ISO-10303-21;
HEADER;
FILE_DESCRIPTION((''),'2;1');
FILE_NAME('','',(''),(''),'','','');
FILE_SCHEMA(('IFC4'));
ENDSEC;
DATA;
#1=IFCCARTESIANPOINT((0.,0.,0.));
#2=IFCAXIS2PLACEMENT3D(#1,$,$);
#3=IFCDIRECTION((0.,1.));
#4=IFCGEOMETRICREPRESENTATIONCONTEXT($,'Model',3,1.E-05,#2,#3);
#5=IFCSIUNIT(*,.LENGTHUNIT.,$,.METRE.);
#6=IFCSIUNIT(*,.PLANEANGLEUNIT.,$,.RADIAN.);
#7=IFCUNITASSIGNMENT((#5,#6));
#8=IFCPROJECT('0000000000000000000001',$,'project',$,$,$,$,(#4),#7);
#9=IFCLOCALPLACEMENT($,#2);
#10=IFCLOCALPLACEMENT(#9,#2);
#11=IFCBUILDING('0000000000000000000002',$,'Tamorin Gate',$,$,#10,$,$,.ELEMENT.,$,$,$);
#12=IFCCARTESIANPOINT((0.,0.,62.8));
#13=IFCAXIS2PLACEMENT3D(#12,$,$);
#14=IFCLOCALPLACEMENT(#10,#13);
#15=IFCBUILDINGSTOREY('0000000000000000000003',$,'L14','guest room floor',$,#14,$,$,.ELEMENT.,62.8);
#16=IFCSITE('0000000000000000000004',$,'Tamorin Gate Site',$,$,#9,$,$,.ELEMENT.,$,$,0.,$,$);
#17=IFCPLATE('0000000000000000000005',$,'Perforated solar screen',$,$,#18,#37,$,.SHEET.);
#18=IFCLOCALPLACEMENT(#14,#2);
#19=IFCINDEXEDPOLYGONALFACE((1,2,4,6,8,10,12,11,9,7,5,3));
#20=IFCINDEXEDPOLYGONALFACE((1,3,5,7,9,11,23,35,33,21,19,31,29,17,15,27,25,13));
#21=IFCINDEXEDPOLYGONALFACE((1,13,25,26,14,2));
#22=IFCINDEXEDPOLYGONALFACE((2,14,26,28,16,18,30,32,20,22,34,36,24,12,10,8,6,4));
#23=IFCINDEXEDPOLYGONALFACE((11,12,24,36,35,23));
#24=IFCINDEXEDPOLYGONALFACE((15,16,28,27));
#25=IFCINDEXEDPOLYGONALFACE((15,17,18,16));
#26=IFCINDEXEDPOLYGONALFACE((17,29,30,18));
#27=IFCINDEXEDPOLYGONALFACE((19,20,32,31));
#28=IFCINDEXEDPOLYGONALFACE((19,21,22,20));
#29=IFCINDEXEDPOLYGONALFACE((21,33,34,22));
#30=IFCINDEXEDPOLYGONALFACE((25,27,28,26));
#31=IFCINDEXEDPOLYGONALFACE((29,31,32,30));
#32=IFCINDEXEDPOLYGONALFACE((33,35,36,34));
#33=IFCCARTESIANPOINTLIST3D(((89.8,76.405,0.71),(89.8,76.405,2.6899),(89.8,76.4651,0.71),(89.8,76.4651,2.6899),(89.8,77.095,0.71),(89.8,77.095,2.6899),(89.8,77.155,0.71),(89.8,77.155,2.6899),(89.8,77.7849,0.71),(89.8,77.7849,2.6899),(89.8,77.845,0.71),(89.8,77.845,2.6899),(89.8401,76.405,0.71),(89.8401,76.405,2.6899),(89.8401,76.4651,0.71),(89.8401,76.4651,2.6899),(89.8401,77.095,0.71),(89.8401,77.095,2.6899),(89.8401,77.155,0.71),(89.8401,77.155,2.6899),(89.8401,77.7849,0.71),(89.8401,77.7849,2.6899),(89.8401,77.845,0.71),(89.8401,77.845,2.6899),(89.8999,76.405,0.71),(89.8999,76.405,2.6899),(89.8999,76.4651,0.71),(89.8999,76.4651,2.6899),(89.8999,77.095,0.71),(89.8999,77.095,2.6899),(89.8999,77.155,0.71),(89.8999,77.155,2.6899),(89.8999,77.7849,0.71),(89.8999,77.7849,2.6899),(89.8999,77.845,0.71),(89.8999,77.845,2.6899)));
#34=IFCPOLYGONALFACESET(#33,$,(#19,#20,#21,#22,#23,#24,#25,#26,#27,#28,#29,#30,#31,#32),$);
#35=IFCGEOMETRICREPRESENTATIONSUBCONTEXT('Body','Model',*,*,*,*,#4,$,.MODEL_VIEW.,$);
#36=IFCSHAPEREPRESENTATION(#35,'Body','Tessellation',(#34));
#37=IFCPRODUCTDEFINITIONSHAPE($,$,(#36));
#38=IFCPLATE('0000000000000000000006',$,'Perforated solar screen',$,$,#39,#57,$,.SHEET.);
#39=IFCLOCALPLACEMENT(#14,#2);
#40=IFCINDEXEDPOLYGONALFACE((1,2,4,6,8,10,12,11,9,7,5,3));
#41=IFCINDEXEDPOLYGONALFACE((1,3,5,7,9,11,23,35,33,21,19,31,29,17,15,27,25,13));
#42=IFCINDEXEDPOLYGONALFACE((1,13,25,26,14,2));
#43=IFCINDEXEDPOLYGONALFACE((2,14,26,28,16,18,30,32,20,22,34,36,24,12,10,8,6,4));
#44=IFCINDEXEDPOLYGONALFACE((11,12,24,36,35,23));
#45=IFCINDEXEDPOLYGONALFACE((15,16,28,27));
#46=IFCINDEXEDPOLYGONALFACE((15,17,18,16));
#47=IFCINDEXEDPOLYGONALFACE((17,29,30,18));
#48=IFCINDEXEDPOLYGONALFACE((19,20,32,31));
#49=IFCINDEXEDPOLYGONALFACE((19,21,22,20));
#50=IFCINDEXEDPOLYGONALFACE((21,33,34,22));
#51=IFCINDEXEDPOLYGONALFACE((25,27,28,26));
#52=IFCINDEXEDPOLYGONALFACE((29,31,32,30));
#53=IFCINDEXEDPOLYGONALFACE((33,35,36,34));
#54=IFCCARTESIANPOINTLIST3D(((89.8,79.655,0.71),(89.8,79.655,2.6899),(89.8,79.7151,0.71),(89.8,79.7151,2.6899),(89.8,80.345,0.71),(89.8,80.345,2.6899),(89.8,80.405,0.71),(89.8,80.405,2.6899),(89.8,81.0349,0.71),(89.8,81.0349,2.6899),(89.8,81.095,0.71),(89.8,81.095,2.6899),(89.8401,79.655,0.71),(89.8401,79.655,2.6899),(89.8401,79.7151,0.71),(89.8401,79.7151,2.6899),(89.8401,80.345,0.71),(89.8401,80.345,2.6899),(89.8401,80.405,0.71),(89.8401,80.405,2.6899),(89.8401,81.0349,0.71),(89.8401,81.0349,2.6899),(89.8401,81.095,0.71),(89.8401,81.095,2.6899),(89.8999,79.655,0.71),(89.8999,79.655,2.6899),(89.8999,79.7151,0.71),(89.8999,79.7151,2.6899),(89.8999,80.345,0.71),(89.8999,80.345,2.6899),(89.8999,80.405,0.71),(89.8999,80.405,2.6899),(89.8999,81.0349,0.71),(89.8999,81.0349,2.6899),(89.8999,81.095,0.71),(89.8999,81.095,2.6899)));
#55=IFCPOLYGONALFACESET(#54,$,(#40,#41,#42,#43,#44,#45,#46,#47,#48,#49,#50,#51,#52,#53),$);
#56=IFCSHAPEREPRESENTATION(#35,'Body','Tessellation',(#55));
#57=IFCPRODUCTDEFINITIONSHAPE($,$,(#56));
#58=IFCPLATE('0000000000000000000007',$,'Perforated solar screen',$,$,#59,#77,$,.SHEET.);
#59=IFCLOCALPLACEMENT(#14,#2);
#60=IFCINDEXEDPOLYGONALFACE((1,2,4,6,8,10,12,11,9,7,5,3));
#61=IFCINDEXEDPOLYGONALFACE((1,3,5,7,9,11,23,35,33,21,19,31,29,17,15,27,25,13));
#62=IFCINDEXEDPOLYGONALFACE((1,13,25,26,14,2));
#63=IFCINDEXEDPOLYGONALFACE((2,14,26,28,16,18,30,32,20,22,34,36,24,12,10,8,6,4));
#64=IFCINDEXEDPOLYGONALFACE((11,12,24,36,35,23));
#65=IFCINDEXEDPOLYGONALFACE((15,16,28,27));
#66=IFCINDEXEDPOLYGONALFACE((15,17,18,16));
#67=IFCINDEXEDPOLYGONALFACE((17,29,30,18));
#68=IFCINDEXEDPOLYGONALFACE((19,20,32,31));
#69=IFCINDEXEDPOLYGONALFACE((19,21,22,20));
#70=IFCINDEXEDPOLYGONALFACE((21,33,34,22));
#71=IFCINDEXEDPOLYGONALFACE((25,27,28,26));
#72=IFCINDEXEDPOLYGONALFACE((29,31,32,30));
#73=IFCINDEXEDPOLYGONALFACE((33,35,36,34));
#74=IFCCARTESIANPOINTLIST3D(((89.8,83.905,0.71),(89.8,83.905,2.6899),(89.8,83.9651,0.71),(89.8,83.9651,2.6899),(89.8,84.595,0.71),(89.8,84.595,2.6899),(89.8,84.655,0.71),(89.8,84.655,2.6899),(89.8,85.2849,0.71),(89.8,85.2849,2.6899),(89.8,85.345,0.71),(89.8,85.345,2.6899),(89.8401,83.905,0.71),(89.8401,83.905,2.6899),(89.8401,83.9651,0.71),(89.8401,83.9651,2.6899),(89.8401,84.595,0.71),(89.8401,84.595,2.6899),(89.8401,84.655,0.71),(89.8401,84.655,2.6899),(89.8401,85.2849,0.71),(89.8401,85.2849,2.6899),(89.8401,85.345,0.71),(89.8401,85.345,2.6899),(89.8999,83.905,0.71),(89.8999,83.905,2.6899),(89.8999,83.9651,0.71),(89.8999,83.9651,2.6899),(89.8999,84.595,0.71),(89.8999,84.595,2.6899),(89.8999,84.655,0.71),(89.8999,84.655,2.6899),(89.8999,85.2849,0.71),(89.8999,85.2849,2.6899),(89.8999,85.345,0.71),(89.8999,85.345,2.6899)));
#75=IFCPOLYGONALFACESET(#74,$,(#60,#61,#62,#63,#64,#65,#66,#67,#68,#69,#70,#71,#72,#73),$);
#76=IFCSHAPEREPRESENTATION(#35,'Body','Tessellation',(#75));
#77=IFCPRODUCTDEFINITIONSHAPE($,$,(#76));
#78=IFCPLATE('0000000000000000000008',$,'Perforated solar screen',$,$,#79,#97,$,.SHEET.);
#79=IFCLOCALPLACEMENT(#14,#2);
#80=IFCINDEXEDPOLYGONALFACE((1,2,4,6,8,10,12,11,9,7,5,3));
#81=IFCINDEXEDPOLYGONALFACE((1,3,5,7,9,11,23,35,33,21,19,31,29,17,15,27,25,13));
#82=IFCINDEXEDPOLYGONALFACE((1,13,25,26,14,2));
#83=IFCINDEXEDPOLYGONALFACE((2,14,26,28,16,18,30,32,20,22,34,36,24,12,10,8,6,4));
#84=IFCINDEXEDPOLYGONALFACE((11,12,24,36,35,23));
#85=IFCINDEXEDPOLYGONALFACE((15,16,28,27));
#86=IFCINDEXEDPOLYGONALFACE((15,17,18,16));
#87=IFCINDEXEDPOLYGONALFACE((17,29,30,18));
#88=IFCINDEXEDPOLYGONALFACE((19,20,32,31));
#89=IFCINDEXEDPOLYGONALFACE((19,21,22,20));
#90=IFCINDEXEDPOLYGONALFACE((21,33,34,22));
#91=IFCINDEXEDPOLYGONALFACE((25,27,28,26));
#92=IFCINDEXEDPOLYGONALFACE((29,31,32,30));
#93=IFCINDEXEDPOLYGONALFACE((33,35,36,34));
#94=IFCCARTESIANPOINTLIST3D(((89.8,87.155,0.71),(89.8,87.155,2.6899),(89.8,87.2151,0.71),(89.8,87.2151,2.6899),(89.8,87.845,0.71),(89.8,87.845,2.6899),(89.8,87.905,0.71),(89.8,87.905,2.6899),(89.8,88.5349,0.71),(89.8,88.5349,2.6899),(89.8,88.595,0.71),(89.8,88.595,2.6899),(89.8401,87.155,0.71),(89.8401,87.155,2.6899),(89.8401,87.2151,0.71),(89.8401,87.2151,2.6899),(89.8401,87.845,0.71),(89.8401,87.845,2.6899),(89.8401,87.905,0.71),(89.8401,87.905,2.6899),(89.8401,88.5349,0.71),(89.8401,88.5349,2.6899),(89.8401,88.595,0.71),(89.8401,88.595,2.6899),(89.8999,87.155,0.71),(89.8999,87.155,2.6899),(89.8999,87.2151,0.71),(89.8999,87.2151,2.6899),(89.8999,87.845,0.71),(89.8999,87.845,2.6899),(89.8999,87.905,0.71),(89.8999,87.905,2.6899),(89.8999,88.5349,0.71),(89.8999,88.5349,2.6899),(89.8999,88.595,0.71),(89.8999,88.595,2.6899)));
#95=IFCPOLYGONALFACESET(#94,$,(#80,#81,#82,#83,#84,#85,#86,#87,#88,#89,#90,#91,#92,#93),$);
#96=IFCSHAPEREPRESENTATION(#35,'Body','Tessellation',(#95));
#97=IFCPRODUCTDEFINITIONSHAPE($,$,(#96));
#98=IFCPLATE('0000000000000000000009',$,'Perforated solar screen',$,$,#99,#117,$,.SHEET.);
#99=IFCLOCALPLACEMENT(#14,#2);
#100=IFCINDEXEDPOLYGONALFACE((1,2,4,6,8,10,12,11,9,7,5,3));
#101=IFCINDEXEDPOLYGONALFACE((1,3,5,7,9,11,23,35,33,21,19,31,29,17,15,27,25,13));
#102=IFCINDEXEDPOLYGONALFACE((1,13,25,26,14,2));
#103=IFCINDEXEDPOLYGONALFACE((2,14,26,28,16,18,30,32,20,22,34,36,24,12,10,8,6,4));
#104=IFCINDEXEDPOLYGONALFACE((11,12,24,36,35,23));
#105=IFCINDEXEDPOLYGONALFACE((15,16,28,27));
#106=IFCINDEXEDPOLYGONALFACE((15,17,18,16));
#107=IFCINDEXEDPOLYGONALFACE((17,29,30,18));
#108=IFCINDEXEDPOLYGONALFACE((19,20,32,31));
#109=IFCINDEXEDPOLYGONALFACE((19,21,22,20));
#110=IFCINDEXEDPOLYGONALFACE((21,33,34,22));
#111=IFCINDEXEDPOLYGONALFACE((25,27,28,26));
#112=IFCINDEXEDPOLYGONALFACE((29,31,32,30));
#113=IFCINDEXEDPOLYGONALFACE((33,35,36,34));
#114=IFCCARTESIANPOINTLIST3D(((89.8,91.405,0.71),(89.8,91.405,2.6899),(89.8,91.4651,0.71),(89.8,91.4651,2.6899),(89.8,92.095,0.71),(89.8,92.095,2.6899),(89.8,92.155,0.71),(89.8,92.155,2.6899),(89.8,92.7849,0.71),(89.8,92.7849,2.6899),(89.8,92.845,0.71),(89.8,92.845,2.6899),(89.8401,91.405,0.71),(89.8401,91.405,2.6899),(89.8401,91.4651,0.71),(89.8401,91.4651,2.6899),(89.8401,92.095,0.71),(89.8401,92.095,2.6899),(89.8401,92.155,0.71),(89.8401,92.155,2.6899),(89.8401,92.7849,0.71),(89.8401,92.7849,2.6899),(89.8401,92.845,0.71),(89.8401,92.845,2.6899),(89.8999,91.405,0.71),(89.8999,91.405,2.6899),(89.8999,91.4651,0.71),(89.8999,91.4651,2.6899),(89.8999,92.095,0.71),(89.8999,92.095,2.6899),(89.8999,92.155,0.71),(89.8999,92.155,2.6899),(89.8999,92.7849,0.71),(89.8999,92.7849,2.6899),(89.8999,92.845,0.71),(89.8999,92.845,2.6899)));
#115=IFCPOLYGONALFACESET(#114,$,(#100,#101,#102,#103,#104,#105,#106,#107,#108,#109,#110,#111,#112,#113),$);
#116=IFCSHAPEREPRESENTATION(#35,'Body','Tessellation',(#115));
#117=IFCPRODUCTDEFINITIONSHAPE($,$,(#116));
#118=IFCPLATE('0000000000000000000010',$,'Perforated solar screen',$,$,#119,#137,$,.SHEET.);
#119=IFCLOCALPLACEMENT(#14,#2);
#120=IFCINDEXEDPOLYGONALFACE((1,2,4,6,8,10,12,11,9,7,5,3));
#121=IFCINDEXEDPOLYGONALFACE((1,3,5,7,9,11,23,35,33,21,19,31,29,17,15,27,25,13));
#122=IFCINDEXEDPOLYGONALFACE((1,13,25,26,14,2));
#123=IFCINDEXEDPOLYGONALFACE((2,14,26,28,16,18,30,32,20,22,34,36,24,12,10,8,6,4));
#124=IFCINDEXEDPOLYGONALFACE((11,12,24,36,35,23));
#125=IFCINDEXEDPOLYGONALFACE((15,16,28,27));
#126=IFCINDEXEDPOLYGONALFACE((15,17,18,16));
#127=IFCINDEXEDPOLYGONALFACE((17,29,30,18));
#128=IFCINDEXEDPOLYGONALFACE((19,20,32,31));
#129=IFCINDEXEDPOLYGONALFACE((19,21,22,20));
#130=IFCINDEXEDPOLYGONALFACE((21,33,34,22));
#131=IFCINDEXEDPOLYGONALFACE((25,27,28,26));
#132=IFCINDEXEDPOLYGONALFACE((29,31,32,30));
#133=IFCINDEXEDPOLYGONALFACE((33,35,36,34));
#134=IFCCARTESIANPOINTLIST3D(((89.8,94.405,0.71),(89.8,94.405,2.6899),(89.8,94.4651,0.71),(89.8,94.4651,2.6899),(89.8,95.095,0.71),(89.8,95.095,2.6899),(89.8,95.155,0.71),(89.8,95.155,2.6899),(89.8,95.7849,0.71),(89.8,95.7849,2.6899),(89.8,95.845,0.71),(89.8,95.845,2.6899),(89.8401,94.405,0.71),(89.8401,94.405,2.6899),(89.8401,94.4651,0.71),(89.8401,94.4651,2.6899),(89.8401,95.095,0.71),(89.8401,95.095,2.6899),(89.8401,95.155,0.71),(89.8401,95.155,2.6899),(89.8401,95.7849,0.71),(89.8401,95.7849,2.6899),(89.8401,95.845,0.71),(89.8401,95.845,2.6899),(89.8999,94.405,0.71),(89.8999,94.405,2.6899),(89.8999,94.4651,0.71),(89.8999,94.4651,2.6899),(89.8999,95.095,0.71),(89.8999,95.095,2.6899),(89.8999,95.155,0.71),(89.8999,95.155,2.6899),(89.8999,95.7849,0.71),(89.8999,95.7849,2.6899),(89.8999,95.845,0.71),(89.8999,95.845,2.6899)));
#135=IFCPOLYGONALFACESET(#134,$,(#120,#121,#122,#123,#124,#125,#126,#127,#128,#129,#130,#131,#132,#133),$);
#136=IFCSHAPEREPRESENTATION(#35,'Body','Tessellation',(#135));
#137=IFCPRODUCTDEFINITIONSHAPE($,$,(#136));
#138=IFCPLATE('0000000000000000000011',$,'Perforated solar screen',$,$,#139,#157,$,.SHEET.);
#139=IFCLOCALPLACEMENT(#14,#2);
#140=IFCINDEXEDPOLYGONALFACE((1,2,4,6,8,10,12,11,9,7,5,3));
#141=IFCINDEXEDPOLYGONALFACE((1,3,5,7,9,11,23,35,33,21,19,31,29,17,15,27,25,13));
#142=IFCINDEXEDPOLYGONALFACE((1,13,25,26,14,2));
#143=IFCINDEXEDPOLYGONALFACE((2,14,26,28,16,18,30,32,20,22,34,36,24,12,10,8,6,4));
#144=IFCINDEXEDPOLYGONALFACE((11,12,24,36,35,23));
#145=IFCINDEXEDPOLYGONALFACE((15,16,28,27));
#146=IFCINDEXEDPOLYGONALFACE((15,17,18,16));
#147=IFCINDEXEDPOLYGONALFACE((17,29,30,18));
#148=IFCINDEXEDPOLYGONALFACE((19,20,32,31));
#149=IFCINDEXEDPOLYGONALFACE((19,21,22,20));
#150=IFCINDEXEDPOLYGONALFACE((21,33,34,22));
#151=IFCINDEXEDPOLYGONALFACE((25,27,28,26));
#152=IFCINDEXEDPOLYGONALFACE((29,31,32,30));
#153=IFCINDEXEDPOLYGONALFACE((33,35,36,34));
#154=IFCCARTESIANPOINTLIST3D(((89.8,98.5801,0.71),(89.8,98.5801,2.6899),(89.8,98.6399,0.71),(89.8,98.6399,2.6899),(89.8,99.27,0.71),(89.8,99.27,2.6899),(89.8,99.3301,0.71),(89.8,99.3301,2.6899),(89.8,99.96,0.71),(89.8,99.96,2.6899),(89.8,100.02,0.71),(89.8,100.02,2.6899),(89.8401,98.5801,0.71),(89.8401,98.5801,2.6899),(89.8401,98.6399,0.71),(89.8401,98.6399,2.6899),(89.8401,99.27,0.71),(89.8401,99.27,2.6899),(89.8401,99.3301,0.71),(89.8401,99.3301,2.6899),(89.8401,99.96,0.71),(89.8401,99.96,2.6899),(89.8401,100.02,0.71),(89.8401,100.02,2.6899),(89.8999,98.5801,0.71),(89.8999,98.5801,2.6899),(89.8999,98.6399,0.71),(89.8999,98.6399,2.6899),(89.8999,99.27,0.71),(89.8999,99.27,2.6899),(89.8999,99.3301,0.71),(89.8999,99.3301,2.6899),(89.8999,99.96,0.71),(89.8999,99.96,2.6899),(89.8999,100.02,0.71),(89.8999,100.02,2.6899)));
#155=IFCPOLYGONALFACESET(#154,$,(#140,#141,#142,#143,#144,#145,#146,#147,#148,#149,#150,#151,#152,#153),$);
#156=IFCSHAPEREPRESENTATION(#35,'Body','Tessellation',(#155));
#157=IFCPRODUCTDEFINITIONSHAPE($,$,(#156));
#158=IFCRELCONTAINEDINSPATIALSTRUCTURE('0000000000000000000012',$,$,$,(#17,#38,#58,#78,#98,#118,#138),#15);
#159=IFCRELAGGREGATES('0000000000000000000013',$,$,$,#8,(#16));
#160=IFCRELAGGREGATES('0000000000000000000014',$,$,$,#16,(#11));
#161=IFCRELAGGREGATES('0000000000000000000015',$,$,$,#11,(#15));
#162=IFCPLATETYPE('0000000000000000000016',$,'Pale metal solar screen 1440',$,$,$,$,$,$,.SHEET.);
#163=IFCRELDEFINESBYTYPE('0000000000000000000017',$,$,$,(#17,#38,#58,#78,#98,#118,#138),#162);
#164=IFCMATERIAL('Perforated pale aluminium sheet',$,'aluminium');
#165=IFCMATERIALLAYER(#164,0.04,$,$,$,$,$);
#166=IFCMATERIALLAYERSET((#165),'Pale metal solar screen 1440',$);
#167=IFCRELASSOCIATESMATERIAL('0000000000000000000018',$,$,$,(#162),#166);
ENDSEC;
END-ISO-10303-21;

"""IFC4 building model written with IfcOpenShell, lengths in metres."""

from ifc_helpers import new_model, si_unit, direction, frame, origin, place, context, subcontext, project, spatial, polyline, outline, extrude, material, layer, layer_set, type_object, element, save


model = new_model("IFC4")

# Units and contexts
model_context = context("Model", 3, precision=1e-05, world=origin(), true_north=direction((0.0, 1.0)))
body_context = subcontext(model_context, "Body", "Model", "MODEL_VIEW")
ifc_project = project(units=[si_unit("LENGTHUNIT", "METRE"), si_unit("PLANEANGLEUNIT", "RADIAN")], contexts=[model_context])

# Site, building, storey
site_placement = place(None, origin())
site = spatial("IfcSite", under=ifc_project, at=site_placement, Name="Tamorin Gate Site", CompositionType="ELEMENT", RefElevation=0.0)
building_placement = place(site_placement, origin())
building = spatial("IfcBuilding", under=site, at=building_placement, Name="Tamorin Gate", CompositionType="ELEMENT")
storey_placement = place(building_placement, frame((0.0, 0.0, 62.8)))
storey = spatial("IfcBuildingStorey", under=building, at=storey_placement, Name="L14", Description="guest room floor", CompositionType="ELEMENT", Elevation=62.8)

# Plates
ifc_material = material(Name="Perforated pale aluminium sheet", Category="aluminium")
ifc_layer = layer(ifc_material, 0.04)
ifc_layer_set = layer_set([ifc_layer], Name="Pale metal solar screen 1440")
plate_type = type_object("IfcPlateType", Name="Pale metal solar screen 1440", PredefinedType="SHEET", material=ifc_layer_set)
plate_1_placement = place(storey_placement, frame((0.0, 0.0, 0.71)))
element("IfcPlate", 1, at=plate_1_placement, inside=storey, type_object=plate_type, Name="Perforated solar screen", PredefinedType="SHEET", context=body_context, shape_type="SweptSolid", body=[
    extrude(outline(polyline([(89.8401, 76.405), (89.8, 76.405), (89.8, 76.4651), (89.8, 77.095), (89.8, 77.155), (89.8, 77.7849), (89.8, 77.845), (89.8401, 77.845), (89.8999, 77.845), (89.8999, 77.7849), (89.8401, 77.7849), (89.8401, 77.155), (89.8999, 77.155), (89.8999, 77.095), (89.8401, 77.095), (89.8401, 76.4651), (89.8999, 76.4651), (89.8999, 76.405), (89.8401, 76.405)])), origin(), (0.0, 0.0, 1.0), 1.98),
])
plate_2_placement = place(storey_placement, frame((0.0, 0.0, 0.71)))
element("IfcPlate", 2, at=plate_2_placement, inside=storey, type_object=plate_type, Name="Perforated solar screen", PredefinedType="SHEET", context=body_context, shape_type="SweptSolid", body=[
    extrude(outline(polyline([(89.8401, 79.655), (89.8, 79.655), (89.8, 79.7151), (89.8, 80.345), (89.8, 80.405), (89.8, 81.0349), (89.8, 81.095), (89.8401, 81.095), (89.8999, 81.095), (89.8999, 81.0349), (89.8401, 81.0349), (89.8401, 80.405), (89.8999, 80.405), (89.8999, 80.345), (89.8401, 80.345), (89.8401, 79.7151), (89.8999, 79.7151), (89.8999, 79.655), (89.8401, 79.655)])), origin(), (0.0, 0.0, 1.0), 1.98),
])
plate_3_placement = place(storey_placement, frame((0.0, 0.0, 0.71)))
element("IfcPlate", 3, at=plate_3_placement, inside=storey, type_object=plate_type, Name="Perforated solar screen", PredefinedType="SHEET", context=body_context, shape_type="SweptSolid", body=[
    extrude(outline(polyline([(89.8401, 83.905), (89.8, 83.905), (89.8, 83.9651), (89.8, 84.595), (89.8, 84.655), (89.8, 85.2849), (89.8, 85.345), (89.8401, 85.345), (89.8999, 85.345), (89.8999, 85.2849), (89.8401, 85.2849), (89.8401, 84.655), (89.8999, 84.655), (89.8999, 84.595), (89.8401, 84.595), (89.8401, 83.9651), (89.8999, 83.9651), (89.8999, 83.905), (89.8401, 83.905)])), origin(), (0.0, 0.0, 1.0), 1.98),
])
plate_4_placement = place(storey_placement, frame((0.0, 0.0, 0.71)))
element("IfcPlate", 4, at=plate_4_placement, inside=storey, type_object=plate_type, Name="Perforated solar screen", PredefinedType="SHEET", context=body_context, shape_type="SweptSolid", body=[
    extrude(outline(polyline([(89.8401, 87.155), (89.8, 87.155), (89.8, 87.2151), (89.8, 87.845), (89.8, 87.905), (89.8, 88.5349), (89.8, 88.595), (89.8401, 88.595), (89.8999, 88.595), (89.8999, 88.5349), (89.8401, 88.5349), (89.8401, 87.905), (89.8999, 87.905), (89.8999, 87.845), (89.8401, 87.845), (89.8401, 87.2151), (89.8999, 87.2151), (89.8999, 87.155), (89.8401, 87.155)])), origin(), (0.0, 0.0, 1.0), 1.98),
])
plate_5_placement = place(storey_placement, frame((0.0, 0.0, 0.71)))
element("IfcPlate", 5, at=plate_5_placement, inside=storey, type_object=plate_type, Name="Perforated solar screen", PredefinedType="SHEET", context=body_context, shape_type="SweptSolid", body=[
    extrude(outline(polyline([(89.8401, 91.405), (89.8, 91.405), (89.8, 91.4651), (89.8, 92.095), (89.8, 92.155), (89.8, 92.7849), (89.8, 92.845), (89.8401, 92.845), (89.8999, 92.845), (89.8999, 92.7849), (89.8401, 92.7849), (89.8401, 92.155), (89.8999, 92.155), (89.8999, 92.095), (89.8401, 92.095), (89.8401, 91.4651), (89.8999, 91.4651), (89.8999, 91.405), (89.8401, 91.405)])), origin(), (0.0, 0.0, 1.0), 1.98),
])
plate_6_placement = place(storey_placement, frame((0.0, 0.0, 0.71)))
element("IfcPlate", 6, at=plate_6_placement, inside=storey, type_object=plate_type, Name="Perforated solar screen", PredefinedType="SHEET", context=body_context, shape_type="SweptSolid", body=[
    extrude(outline(polyline([(89.8401, 94.405), (89.8, 94.405), (89.8, 94.4651), (89.8, 95.095), (89.8, 95.155), (89.8, 95.7849), (89.8, 95.845), (89.8401, 95.845), (89.8999, 95.845), (89.8999, 95.7849), (89.8401, 95.7849), (89.8401, 95.155), (89.8999, 95.155), (89.8999, 95.095), (89.8401, 95.095), (89.8401, 94.4651), (89.8999, 94.4651), (89.8999, 94.405), (89.8401, 94.405)])), origin(), (0.0, 0.0, 1.0), 1.98),
])
plate_7_placement = place(storey_placement, frame((0.0, 0.0, 0.71)))
element("IfcPlate", 7, at=plate_7_placement, inside=storey, type_object=plate_type, Name="Perforated solar screen", PredefinedType="SHEET", context=body_context, shape_type="SweptSolid", body=[
    extrude(outline(polyline([(89.8401, 98.5801), (89.8, 98.5801), (89.8, 98.6399), (89.8, 99.27), (89.8, 99.3301), (89.8, 99.96), (89.8, 100.02), (89.8401, 100.02), (89.8999, 100.02), (89.8999, 99.96), (89.8401, 99.96), (89.8401, 99.3301), (89.8999, 99.3301), (89.8999, 99.27), (89.8401, 99.27), (89.8401, 98.6399), (89.8999, 98.6399), (89.8999, 98.5801), (89.8401, 98.5801)])), origin(), (0.0, 0.0, 1.0), 1.98),
])

save(model, "model.ifc")
